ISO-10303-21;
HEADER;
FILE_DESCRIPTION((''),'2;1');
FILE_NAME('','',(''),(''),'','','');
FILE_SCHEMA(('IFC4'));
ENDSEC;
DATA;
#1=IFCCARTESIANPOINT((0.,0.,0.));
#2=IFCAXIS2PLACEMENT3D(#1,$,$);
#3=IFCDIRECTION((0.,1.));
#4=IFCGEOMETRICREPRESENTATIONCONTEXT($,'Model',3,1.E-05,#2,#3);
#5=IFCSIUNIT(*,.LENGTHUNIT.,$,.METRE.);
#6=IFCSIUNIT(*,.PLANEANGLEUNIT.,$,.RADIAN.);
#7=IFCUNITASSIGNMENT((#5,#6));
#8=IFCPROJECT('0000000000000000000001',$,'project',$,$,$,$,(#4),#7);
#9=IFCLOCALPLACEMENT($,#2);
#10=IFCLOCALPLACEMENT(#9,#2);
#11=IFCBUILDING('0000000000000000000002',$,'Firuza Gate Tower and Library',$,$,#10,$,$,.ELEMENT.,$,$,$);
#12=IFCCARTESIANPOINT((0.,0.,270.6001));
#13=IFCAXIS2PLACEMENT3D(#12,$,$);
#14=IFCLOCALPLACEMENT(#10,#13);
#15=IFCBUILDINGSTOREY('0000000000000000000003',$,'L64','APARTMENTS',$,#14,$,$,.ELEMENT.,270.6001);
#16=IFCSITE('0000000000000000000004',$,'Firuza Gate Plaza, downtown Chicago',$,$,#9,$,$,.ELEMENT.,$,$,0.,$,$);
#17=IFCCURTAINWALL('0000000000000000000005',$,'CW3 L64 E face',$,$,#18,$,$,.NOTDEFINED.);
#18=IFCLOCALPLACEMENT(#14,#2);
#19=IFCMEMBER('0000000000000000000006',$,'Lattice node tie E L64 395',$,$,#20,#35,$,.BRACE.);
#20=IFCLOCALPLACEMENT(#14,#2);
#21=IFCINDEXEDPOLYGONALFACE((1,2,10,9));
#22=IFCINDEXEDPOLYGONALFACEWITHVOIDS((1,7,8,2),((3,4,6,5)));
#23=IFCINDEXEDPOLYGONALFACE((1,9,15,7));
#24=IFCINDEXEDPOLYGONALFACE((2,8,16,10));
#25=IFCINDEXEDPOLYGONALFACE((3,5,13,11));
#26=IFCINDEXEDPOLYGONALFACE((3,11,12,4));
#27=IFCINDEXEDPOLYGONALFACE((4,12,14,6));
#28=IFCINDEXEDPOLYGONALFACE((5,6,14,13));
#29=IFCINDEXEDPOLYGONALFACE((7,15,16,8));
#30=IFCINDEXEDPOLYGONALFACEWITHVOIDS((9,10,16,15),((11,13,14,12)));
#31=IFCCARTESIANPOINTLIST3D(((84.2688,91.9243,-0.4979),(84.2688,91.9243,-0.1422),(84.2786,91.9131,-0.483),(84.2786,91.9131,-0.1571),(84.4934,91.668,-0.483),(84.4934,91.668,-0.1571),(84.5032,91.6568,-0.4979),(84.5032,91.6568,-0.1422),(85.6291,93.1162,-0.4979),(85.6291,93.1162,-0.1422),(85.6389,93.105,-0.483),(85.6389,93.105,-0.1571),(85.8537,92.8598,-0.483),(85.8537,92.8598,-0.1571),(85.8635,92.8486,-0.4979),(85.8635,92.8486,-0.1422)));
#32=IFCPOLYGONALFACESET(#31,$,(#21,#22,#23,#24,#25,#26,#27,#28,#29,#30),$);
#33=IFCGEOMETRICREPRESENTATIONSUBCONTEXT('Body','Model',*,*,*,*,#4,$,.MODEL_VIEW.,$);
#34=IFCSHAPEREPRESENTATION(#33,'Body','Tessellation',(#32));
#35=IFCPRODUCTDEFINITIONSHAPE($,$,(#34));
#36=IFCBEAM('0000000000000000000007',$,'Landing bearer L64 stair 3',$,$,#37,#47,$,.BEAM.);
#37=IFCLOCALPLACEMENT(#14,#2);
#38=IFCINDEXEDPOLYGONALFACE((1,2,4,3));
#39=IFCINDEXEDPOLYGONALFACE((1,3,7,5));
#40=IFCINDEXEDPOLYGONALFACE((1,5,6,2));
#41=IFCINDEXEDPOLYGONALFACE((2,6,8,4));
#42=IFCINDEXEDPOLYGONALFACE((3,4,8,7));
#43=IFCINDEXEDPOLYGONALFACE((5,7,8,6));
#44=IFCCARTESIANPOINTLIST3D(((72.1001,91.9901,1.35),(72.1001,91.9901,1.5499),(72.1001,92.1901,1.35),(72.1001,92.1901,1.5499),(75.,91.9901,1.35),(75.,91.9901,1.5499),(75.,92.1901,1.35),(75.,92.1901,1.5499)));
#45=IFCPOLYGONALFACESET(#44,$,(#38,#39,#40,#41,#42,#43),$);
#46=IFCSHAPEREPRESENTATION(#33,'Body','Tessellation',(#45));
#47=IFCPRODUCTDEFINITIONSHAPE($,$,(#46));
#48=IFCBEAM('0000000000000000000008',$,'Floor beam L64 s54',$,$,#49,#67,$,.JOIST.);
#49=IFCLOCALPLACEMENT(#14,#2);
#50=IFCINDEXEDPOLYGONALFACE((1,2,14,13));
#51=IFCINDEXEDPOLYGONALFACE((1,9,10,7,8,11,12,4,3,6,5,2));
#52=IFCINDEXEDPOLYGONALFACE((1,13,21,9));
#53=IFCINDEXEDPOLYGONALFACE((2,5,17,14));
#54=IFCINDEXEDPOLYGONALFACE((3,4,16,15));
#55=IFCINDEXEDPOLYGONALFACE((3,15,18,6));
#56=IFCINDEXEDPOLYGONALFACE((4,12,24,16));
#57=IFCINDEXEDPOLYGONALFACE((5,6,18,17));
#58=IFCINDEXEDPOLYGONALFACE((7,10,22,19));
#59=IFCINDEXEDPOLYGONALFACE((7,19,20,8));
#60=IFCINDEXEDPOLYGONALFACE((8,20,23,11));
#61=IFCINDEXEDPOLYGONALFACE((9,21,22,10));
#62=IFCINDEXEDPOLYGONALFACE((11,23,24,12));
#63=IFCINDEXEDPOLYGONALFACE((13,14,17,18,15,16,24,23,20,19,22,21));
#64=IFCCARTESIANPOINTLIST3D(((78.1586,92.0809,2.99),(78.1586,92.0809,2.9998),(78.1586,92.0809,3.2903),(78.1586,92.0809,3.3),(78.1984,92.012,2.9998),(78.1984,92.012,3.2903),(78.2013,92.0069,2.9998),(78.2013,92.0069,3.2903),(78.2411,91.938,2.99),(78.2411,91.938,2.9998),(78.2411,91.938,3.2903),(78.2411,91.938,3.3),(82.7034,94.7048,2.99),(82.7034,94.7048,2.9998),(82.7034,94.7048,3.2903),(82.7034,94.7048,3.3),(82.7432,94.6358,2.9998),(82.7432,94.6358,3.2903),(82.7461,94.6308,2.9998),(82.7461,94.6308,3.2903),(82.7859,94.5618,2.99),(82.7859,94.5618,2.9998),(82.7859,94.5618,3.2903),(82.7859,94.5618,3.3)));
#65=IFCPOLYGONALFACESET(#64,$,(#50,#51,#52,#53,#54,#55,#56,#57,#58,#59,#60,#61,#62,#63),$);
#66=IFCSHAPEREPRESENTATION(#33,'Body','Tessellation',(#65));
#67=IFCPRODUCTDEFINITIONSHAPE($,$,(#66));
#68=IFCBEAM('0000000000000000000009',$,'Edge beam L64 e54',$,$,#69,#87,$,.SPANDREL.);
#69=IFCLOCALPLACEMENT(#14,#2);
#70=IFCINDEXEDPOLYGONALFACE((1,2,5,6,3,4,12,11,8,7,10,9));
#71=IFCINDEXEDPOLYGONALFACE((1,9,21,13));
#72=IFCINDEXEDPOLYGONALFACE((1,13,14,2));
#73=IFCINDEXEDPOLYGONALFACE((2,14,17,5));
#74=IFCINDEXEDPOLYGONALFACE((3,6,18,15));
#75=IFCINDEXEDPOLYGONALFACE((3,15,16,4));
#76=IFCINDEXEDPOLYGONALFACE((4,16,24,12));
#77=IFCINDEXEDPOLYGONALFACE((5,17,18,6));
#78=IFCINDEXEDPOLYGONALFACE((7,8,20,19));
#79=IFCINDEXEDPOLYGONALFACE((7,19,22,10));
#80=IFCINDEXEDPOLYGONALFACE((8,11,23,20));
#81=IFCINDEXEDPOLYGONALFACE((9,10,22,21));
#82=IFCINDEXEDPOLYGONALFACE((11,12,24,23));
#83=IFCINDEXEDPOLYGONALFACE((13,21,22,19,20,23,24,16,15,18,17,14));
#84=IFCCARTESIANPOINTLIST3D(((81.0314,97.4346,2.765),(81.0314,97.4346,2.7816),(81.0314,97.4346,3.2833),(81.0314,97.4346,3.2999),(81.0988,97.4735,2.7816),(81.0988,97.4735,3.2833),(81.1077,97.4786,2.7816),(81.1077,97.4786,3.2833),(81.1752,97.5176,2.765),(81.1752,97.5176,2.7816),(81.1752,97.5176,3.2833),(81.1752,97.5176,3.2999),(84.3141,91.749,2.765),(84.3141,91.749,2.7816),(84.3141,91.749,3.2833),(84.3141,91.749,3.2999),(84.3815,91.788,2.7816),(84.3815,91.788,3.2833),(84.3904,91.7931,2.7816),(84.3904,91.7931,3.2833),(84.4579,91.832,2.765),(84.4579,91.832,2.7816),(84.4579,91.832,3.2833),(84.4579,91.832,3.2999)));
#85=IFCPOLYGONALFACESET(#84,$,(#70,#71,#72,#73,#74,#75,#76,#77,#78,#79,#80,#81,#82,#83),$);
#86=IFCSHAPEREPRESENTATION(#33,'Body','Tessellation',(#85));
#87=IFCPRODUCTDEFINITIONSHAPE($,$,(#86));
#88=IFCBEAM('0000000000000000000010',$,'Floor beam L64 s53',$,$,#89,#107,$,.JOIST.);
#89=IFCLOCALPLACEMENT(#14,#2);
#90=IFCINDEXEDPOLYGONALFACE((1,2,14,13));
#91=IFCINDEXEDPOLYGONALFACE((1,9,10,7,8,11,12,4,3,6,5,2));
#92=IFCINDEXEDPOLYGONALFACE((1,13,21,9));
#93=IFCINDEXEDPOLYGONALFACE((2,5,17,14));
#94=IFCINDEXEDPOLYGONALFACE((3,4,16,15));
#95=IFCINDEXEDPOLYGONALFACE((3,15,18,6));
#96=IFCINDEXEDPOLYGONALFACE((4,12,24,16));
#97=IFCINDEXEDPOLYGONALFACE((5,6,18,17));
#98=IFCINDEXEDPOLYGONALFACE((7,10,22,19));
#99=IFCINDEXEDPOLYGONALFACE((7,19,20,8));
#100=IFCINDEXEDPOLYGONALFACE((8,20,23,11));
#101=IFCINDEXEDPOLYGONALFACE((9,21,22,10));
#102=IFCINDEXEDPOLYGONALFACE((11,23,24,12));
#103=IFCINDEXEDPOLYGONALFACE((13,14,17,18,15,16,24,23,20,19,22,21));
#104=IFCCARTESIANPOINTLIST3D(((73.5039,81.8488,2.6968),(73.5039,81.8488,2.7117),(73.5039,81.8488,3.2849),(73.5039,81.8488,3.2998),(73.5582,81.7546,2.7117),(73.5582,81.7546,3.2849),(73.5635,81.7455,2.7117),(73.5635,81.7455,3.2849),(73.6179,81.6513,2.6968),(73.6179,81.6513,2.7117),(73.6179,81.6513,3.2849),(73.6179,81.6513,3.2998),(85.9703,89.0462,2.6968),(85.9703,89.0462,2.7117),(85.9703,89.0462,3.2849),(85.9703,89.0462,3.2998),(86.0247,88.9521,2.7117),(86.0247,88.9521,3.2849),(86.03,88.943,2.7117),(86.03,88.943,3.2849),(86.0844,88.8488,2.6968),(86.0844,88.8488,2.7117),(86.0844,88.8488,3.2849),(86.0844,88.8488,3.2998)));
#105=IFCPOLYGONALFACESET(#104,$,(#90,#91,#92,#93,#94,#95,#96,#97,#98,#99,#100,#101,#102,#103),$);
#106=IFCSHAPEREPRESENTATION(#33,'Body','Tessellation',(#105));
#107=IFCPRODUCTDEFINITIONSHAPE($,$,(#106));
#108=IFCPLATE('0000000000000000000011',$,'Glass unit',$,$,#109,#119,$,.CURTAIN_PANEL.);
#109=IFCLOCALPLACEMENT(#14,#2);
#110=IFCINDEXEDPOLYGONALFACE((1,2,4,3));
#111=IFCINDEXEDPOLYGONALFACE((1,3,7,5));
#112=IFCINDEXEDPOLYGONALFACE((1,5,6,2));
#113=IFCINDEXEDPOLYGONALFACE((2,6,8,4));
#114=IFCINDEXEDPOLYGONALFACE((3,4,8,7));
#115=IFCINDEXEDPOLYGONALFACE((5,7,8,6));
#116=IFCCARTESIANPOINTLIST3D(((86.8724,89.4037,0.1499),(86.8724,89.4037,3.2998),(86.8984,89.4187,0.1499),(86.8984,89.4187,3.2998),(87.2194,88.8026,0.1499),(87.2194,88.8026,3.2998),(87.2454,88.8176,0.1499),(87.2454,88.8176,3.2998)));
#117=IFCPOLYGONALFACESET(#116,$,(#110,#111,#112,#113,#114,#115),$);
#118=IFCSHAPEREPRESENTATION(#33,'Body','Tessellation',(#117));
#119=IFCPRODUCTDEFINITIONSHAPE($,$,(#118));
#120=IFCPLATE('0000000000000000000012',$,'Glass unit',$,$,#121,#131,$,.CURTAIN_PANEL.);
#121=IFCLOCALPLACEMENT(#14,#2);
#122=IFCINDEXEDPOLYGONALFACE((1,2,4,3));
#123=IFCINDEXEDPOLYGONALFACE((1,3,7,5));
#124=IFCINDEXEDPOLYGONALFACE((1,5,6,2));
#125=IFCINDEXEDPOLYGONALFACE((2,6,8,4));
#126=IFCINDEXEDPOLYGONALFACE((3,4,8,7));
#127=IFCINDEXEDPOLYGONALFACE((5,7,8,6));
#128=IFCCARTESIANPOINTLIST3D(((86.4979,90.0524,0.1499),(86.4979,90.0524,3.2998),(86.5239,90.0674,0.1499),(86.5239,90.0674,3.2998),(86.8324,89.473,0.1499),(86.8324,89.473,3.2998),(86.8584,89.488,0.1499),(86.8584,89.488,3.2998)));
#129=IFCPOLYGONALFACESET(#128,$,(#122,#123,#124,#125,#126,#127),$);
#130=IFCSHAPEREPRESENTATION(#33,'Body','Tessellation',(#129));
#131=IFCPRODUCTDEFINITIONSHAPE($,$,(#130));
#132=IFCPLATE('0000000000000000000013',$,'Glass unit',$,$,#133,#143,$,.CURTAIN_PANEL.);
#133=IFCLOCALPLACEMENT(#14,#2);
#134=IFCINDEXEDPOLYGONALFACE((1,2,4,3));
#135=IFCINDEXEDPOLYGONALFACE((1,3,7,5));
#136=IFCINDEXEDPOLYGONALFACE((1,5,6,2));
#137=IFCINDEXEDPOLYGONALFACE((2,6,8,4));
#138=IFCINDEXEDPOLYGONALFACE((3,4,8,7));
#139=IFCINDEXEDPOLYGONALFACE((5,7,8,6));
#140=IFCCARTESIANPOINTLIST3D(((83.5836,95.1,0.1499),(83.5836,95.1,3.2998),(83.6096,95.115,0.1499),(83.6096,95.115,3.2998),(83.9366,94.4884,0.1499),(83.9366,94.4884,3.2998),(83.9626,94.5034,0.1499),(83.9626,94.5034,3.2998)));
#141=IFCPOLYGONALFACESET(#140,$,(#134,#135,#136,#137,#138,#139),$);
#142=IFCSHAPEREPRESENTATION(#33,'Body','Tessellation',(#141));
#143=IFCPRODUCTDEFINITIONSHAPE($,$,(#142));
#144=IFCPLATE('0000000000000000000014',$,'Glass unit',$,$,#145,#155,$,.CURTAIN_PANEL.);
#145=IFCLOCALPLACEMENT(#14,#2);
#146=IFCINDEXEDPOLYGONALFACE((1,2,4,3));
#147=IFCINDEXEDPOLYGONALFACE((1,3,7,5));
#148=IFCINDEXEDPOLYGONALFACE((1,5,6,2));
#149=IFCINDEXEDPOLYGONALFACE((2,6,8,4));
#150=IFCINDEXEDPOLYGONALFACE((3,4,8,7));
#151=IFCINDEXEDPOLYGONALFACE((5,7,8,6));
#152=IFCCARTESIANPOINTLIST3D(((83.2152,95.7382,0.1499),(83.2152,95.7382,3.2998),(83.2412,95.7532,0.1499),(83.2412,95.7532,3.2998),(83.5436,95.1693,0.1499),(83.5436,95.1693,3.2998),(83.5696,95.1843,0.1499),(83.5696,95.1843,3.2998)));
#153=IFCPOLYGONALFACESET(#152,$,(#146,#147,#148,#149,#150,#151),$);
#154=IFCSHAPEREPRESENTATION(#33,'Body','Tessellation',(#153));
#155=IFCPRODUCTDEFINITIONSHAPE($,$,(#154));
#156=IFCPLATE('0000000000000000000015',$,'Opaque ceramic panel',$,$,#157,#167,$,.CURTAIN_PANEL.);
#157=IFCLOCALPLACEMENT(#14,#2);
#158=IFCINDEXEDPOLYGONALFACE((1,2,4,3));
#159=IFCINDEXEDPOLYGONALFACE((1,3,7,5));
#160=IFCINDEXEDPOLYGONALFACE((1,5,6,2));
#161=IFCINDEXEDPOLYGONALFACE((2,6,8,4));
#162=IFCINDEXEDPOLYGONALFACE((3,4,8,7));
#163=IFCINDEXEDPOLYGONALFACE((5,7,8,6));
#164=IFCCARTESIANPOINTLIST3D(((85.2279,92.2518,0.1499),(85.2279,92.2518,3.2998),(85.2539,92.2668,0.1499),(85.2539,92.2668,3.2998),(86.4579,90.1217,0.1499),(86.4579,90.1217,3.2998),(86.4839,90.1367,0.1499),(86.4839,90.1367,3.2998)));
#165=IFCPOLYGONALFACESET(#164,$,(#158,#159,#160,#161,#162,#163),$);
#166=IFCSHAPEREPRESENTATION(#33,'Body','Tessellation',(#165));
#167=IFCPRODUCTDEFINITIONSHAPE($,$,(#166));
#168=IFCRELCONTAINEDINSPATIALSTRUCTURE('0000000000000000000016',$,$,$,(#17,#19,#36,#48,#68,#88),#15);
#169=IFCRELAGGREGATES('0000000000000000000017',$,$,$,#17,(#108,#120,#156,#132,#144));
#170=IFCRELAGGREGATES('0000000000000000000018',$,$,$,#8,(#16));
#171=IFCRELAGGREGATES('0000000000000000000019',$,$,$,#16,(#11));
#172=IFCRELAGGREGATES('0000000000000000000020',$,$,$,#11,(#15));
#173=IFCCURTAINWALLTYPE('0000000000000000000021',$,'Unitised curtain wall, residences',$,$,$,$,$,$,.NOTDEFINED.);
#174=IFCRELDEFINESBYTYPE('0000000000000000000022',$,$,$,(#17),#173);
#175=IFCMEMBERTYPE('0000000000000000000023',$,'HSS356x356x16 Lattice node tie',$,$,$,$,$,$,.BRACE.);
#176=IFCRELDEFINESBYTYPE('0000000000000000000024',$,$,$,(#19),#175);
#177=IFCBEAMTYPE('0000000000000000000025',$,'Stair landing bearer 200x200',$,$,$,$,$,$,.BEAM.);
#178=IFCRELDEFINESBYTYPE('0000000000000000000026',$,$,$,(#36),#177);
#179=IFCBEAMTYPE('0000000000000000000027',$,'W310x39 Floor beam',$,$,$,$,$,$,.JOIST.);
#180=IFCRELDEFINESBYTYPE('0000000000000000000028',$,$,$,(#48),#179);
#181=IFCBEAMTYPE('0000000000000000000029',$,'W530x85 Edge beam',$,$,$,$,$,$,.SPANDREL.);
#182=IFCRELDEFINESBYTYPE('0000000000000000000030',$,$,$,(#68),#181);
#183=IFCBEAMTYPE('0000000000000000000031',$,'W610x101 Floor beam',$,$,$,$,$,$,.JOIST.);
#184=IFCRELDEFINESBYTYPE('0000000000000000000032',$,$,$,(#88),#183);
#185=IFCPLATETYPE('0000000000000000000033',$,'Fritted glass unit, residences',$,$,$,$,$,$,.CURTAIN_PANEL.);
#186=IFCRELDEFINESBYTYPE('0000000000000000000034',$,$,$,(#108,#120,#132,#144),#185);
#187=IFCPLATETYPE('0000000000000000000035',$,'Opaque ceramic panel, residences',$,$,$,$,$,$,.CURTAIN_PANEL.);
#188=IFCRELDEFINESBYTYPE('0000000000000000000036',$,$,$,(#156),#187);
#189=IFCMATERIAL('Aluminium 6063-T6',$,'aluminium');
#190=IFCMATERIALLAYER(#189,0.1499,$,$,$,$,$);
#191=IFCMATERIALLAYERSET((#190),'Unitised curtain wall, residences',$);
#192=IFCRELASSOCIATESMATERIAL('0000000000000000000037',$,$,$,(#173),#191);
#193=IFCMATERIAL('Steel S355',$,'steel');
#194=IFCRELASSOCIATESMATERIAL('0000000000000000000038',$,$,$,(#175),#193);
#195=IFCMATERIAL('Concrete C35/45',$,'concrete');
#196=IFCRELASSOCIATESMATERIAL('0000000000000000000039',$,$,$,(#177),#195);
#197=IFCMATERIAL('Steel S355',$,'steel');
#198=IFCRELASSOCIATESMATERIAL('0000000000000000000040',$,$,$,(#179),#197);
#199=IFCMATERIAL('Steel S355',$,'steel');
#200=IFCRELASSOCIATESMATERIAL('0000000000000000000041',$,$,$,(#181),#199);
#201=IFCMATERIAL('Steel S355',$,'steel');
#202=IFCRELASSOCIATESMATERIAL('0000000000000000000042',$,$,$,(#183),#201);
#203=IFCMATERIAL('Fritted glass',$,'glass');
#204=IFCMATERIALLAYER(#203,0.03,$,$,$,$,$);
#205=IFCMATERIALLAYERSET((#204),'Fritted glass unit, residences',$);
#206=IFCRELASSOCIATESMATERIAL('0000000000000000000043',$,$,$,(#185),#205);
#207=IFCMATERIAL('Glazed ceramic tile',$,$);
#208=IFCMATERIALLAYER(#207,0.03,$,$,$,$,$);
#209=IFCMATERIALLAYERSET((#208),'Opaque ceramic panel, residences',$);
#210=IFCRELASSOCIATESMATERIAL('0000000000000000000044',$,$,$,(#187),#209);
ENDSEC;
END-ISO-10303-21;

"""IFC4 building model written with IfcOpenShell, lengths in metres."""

from ifc_helpers import new_model, si_unit, direction, frame, origin, origin_2d, place, context, subcontext, project, spatial, polyline, rectangle, hollow_rectangle, i_section, outline, extrude, material, layer, layer_set, material_profile, profile_set, type_object, element, aggregate, save


model = new_model("IFC4")

# Units and contexts
model_context = context("Model", 3, precision=1e-05, world=origin(), true_north=direction((0.0, 1.0)))
body_context = subcontext(model_context, "Body", "Model", "MODEL_VIEW")
ifc_project = project(units=[si_unit("LENGTHUNIT", "METRE"), si_unit("PLANEANGLEUNIT", "RADIAN")], contexts=[model_context])

# Site, building, storey
site_placement = place(None, origin())
site = spatial("IfcSite", under=ifc_project, at=site_placement, Name="Firuza Gate Plaza, downtown Chicago", CompositionType="ELEMENT", RefElevation=0.0)
building_placement = place(site_placement, origin())
building = spatial("IfcBuilding", under=site, at=building_placement, Name="Firuza Gate Tower and Library", CompositionType="ELEMENT")
storey_placement = place(building_placement, frame((0.0, 0.0, 270.6001)))
storey = spatial("IfcBuildingStorey", under=building, at=storey_placement, Name="L64", Description="APARTMENTS", CompositionType="ELEMENT", Elevation=270.6001)

# Curtain wall
ifc_material_1 = material(Name="Aluminium 6063-T6", Category="aluminium")
ifc_layer_1 = layer(ifc_material_1, 0.1499)
ifc_layer_set_1 = layer_set([ifc_layer_1], Name="Unitised curtain wall, residences")
curtain_wall_type = type_object("IfcCurtainWallType", Name="Unitised curtain wall, residences", PredefinedType="NOTDEFINED", material=ifc_layer_set_1)
curtain_wall_placement = place(storey_placement, origin())
curtain_wall = element("IfcCurtainWall", 1, at=curtain_wall_placement, inside=storey, type_object=curtain_wall_type, Name="CW3 L64 E face", PredefinedType="NOTDEFINED")

# Member
ifc_material_2 = material(Name="Steel S355", Category="steel")
ifc_material_profile_1 = material_profile(ifc_material_2, hollow_rectangle(XDim=0.3557, YDim=0.3557, WallThickness=0.0149, at=origin_2d()))
ifc_profile_set_1 = profile_set([ifc_material_profile_1], Name="Steel S355")
member_type_1 = type_object("IfcMemberType", Name="HSS356x356x16 Lattice node tie", PredefinedType="BRACE", material=ifc_profile_set_1)
member_1_placement = place(storey_placement, frame((84.386, 91.7905, -0.3201), z_axis=(0.752142, 0.659001, 0.0), x_axis=(-0.659001, 0.752142, 0.0)))
element("IfcMember", 2, at=member_1_placement, inside=storey, type_object=member_type_1, Name="Lattice node tie E L64 395", PredefinedType="BRACE", context=body_context, shape_type="SweptSolid", body=[
    extrude(hollow_rectangle(XDim=0.3557, YDim=0.3557, WallThickness=0.0149, at=origin_2d()), origin(), (0.0, 0.0, 1.0), 1.8086),
])

# Beams
ifc_material_3 = material(Name="Concrete C35/45", Category="concrete")
ifc_material_profile_2 = material_profile(ifc_material_3, rectangle(XDim=0.2, YDim=0.2, at=origin_2d()))
ifc_profile_set_2 = profile_set([ifc_material_profile_2], Name="Concrete C35/45")
beam_type_1 = type_object("IfcBeamType", Name="Stair landing bearer 200x200", PredefinedType="BEAM", material=ifc_profile_set_2)
beam_1_placement = place(storey_placement, frame((75.0, 92.0901, 1.45), z_axis=(-1.0, 0.0, 0.0), x_axis=(0.0, -1.0, 0.0)))
element("IfcBeam", 3, at=beam_1_placement, inside=storey, type_object=beam_type_1, Name="Landing bearer L64 stair 3", PredefinedType="BEAM", context=body_context, shape_type="SweptSolid", body=[
    extrude(rectangle(XDim=0.2, YDim=0.2, at=origin_2d()), origin(), (0.0, 0.0, 1.0), 2.8999),
])
ifc_material_4 = material(Name="Steel S355", Category="steel")
ifc_material_profile_3 = material_profile(ifc_material_4, i_section(OverallWidth=0.165, OverallDepth=0.3101, WebThickness=0.0059, FlangeThickness=0.0098, at=origin_2d()))
ifc_profile_set_3 = profile_set([ifc_material_profile_3], Name="Steel S355")
beam_type_2 = type_object("IfcBeamType", Name="W310x39 Floor beam", PredefinedType="JOIST", material=ifc_profile_set_3)
beam_2_placement = place(storey_placement, frame((82.7446, 94.6333, 3.145), z_axis=(-0.866033, -0.499987, 0.0), x_axis=(0.499987, -0.866033, 0.0)))
element("IfcBeam", 4, at=beam_2_placement, inside=storey, type_object=beam_type_2, Name="Floor beam L64 s54", PredefinedType="JOIST", context=body_context, shape_type="SweptSolid", body=[
    extrude(i_section(OverallWidth=0.165, OverallDepth=0.3101, WebThickness=0.0059, FlangeThickness=0.0098, at=origin_2d()), origin(), (0.0, 0.0, 1.0), 5.2478),
])
ifc_material_5 = material(Name="Steel S355", Category="steel")
ifc_material_profile_4 = material_profile(ifc_material_5, i_section(OverallWidth=0.166, OverallDepth=0.5349, WebThickness=0.0103, FlangeThickness=0.0166, at=origin_2d()))
ifc_profile_set_4 = profile_set([ifc_material_profile_4], Name="Steel S355")
beam_type_3 = type_object("IfcBeamType", Name="W530x85 Edge beam", PredefinedType="SPANDREL", material=ifc_profile_set_4)
beam_3_placement = place(storey_placement, frame((84.386, 91.7905, 3.0325), z_axis=(-0.500019, 0.866015, 0.0), x_axis=(-0.866015, -0.500019, 0.0)))
element("IfcBeam", 5, at=beam_3_placement, inside=storey, type_object=beam_type_3, Name="Edge beam L64 e54", PredefinedType="SPANDREL", context=body_context, shape_type="SweptSolid", body=[
    extrude(i_section(OverallWidth=0.166, OverallDepth=0.5349, WebThickness=0.0103, FlangeThickness=0.0166, at=origin_2d()), origin(), (0.0, 0.0, 1.0), 6.5652),
])
ifc_material_6 = material(Name="Steel S355", Category="steel")
ifc_material_profile_5 = material_profile(ifc_material_6, i_section(OverallWidth=0.228, OverallDepth=0.603, WebThickness=0.0105, FlangeThickness=0.0149, at=origin_2d()))
ifc_profile_set_5 = profile_set([ifc_material_profile_5], Name="Steel S355")
beam_type_4 = type_object("IfcBeamType", Name="W610x101 Floor beam", PredefinedType="JOIST", material=ifc_profile_set_5)
beam_4_placement = place(storey_placement, frame((86.0273, 88.9475, 2.9983), z_axis=(-0.866027, -0.499997, 0.0), x_axis=(0.499997, -0.866027, 0.0)))
element("IfcBeam", 6, at=beam_4_placement, inside=storey, type_object=beam_type_4, Name="Floor beam L64 s53", PredefinedType="JOIST", context=body_context, shape_type="SweptSolid", body=[
    extrude(i_section(OverallWidth=0.228, OverallDepth=0.603, WebThickness=0.0105, FlangeThickness=0.0149, at=origin_2d()), origin(), (0.0, 0.0, 1.0), 14.395),
])

# Plates
ifc_material_7 = material(Name="Fritted glass", Category="glass")
ifc_layer_2 = layer(ifc_material_7, 0.03)
ifc_layer_set_2 = layer_set([ifc_layer_2], Name="Fritted glass unit, residences")
plate_type_1 = type_object("IfcPlateType", Name="Fritted glass unit, residences", PredefinedType="CURTAIN_PANEL", material=ifc_layer_set_2)
plate_1_placement = place(storey_placement, frame((87.2454, 88.8176, 0.1499), z_axis=(0.866092, 0.499885, 0.0), x_axis=(-0.499885, 0.866092, 0.0)))
plate_1 = element("IfcPlate", 7, at=plate_1_placement, type_object=plate_type_1, Name="Glass unit", PredefinedType="CURTAIN_PANEL", context=body_context, shape_type="SweptSolid", body=[
    extrude(outline(polyline([(0.0, 0.0), (0.694, 0.0), (0.694, 3.1499), (0.0, 3.1499), (0.0, 0.0)])), origin(), (0.0, 0.0, -1.0), 0.03),
])
plate_2_placement = place(storey_placement, frame((86.8584, 89.488, 0.1499), z_axis=(0.866034, 0.499986, 0.0), x_axis=(-0.499986, 0.866034, 0.0)))
plate_2 = element("IfcPlate", 8, at=plate_2_placement, type_object=plate_type_1, Name="Glass unit", PredefinedType="CURTAIN_PANEL", context=body_context, shape_type="SweptSolid", body=[
    extrude(outline(polyline([(0.0, 0.0), (0.669, 0.0), (0.669, 3.1499), (0.0, 3.1499), (0.0, 0.0)])), origin(), (0.0, 0.0, -1.0), 0.03),
])
plate_3_placement = place(storey_placement, frame((83.9626, 94.5034, 0.1499), z_axis=(0.866065, 0.499932, 0.0), x_axis=(-0.499932, 0.866065, 0.0)))
plate_3 = element("IfcPlate", 9, at=plate_3_placement, type_object=plate_type_1, Name="Glass unit", PredefinedType="CURTAIN_PANEL", context=body_context, shape_type="SweptSolid", body=[
    extrude(outline(polyline([(0.0, 0.0), (0.7062, 0.0), (0.7062, 3.1499), (0.0, 3.1499), (0.0, 0.0)])), origin(), (0.0, 0.0, -1.0), 0.03),
])
plate_4_placement = place(storey_placement, frame((83.5696, 95.1843, 0.1499), z_axis=(0.866062, 0.499937, 0.0), x_axis=(-0.499937, 0.866062, 0.0)))
plate_4 = element("IfcPlate", 10, at=plate_4_placement, type_object=plate_type_1, Name="Glass unit", PredefinedType="CURTAIN_PANEL", context=body_context, shape_type="SweptSolid", body=[
    extrude(outline(polyline([(0.0, 0.0), (0.6568, 0.0), (0.6568, 3.1499), (0.0, 3.1499), (0.0, 0.0)])), origin(), (0.0, 0.0, -1.0), 0.03),
])
ifc_material_8 = material(Name="Glazed ceramic tile")
ifc_layer_3 = layer(ifc_material_8, 0.03)
ifc_layer_set_3 = layer_set([ifc_layer_3], Name="Opaque ceramic panel, residences")
plate_type_2 = type_object("IfcPlateType", Name="Opaque ceramic panel, residences", PredefinedType="CURTAIN_PANEL", material=ifc_layer_set_3)
plate_5_placement = place(storey_placement, frame((86.4839, 90.1367, 0.1499), z_axis=(0.865999, 0.500046, 0.0), x_axis=(-0.500046, 0.865999, 0.0)))
plate_5 = element("IfcPlate", 11, at=plate_5_placement, type_object=plate_type_2, Name="Opaque ceramic panel", PredefinedType="CURTAIN_PANEL", context=body_context, shape_type="SweptSolid", body=[
    extrude(outline(polyline([(0.0, 0.0), (2.4597, 0.0), (2.4597, 3.1499), (0.0, 3.1499), (0.0, 0.0)])), origin(), (0.0, 0.0, -1.0), 0.03),
])
aggregate(curtain_wall, [plate_1, plate_2, plate_5, plate_3, plate_4])

save(model, "model.ifc")
